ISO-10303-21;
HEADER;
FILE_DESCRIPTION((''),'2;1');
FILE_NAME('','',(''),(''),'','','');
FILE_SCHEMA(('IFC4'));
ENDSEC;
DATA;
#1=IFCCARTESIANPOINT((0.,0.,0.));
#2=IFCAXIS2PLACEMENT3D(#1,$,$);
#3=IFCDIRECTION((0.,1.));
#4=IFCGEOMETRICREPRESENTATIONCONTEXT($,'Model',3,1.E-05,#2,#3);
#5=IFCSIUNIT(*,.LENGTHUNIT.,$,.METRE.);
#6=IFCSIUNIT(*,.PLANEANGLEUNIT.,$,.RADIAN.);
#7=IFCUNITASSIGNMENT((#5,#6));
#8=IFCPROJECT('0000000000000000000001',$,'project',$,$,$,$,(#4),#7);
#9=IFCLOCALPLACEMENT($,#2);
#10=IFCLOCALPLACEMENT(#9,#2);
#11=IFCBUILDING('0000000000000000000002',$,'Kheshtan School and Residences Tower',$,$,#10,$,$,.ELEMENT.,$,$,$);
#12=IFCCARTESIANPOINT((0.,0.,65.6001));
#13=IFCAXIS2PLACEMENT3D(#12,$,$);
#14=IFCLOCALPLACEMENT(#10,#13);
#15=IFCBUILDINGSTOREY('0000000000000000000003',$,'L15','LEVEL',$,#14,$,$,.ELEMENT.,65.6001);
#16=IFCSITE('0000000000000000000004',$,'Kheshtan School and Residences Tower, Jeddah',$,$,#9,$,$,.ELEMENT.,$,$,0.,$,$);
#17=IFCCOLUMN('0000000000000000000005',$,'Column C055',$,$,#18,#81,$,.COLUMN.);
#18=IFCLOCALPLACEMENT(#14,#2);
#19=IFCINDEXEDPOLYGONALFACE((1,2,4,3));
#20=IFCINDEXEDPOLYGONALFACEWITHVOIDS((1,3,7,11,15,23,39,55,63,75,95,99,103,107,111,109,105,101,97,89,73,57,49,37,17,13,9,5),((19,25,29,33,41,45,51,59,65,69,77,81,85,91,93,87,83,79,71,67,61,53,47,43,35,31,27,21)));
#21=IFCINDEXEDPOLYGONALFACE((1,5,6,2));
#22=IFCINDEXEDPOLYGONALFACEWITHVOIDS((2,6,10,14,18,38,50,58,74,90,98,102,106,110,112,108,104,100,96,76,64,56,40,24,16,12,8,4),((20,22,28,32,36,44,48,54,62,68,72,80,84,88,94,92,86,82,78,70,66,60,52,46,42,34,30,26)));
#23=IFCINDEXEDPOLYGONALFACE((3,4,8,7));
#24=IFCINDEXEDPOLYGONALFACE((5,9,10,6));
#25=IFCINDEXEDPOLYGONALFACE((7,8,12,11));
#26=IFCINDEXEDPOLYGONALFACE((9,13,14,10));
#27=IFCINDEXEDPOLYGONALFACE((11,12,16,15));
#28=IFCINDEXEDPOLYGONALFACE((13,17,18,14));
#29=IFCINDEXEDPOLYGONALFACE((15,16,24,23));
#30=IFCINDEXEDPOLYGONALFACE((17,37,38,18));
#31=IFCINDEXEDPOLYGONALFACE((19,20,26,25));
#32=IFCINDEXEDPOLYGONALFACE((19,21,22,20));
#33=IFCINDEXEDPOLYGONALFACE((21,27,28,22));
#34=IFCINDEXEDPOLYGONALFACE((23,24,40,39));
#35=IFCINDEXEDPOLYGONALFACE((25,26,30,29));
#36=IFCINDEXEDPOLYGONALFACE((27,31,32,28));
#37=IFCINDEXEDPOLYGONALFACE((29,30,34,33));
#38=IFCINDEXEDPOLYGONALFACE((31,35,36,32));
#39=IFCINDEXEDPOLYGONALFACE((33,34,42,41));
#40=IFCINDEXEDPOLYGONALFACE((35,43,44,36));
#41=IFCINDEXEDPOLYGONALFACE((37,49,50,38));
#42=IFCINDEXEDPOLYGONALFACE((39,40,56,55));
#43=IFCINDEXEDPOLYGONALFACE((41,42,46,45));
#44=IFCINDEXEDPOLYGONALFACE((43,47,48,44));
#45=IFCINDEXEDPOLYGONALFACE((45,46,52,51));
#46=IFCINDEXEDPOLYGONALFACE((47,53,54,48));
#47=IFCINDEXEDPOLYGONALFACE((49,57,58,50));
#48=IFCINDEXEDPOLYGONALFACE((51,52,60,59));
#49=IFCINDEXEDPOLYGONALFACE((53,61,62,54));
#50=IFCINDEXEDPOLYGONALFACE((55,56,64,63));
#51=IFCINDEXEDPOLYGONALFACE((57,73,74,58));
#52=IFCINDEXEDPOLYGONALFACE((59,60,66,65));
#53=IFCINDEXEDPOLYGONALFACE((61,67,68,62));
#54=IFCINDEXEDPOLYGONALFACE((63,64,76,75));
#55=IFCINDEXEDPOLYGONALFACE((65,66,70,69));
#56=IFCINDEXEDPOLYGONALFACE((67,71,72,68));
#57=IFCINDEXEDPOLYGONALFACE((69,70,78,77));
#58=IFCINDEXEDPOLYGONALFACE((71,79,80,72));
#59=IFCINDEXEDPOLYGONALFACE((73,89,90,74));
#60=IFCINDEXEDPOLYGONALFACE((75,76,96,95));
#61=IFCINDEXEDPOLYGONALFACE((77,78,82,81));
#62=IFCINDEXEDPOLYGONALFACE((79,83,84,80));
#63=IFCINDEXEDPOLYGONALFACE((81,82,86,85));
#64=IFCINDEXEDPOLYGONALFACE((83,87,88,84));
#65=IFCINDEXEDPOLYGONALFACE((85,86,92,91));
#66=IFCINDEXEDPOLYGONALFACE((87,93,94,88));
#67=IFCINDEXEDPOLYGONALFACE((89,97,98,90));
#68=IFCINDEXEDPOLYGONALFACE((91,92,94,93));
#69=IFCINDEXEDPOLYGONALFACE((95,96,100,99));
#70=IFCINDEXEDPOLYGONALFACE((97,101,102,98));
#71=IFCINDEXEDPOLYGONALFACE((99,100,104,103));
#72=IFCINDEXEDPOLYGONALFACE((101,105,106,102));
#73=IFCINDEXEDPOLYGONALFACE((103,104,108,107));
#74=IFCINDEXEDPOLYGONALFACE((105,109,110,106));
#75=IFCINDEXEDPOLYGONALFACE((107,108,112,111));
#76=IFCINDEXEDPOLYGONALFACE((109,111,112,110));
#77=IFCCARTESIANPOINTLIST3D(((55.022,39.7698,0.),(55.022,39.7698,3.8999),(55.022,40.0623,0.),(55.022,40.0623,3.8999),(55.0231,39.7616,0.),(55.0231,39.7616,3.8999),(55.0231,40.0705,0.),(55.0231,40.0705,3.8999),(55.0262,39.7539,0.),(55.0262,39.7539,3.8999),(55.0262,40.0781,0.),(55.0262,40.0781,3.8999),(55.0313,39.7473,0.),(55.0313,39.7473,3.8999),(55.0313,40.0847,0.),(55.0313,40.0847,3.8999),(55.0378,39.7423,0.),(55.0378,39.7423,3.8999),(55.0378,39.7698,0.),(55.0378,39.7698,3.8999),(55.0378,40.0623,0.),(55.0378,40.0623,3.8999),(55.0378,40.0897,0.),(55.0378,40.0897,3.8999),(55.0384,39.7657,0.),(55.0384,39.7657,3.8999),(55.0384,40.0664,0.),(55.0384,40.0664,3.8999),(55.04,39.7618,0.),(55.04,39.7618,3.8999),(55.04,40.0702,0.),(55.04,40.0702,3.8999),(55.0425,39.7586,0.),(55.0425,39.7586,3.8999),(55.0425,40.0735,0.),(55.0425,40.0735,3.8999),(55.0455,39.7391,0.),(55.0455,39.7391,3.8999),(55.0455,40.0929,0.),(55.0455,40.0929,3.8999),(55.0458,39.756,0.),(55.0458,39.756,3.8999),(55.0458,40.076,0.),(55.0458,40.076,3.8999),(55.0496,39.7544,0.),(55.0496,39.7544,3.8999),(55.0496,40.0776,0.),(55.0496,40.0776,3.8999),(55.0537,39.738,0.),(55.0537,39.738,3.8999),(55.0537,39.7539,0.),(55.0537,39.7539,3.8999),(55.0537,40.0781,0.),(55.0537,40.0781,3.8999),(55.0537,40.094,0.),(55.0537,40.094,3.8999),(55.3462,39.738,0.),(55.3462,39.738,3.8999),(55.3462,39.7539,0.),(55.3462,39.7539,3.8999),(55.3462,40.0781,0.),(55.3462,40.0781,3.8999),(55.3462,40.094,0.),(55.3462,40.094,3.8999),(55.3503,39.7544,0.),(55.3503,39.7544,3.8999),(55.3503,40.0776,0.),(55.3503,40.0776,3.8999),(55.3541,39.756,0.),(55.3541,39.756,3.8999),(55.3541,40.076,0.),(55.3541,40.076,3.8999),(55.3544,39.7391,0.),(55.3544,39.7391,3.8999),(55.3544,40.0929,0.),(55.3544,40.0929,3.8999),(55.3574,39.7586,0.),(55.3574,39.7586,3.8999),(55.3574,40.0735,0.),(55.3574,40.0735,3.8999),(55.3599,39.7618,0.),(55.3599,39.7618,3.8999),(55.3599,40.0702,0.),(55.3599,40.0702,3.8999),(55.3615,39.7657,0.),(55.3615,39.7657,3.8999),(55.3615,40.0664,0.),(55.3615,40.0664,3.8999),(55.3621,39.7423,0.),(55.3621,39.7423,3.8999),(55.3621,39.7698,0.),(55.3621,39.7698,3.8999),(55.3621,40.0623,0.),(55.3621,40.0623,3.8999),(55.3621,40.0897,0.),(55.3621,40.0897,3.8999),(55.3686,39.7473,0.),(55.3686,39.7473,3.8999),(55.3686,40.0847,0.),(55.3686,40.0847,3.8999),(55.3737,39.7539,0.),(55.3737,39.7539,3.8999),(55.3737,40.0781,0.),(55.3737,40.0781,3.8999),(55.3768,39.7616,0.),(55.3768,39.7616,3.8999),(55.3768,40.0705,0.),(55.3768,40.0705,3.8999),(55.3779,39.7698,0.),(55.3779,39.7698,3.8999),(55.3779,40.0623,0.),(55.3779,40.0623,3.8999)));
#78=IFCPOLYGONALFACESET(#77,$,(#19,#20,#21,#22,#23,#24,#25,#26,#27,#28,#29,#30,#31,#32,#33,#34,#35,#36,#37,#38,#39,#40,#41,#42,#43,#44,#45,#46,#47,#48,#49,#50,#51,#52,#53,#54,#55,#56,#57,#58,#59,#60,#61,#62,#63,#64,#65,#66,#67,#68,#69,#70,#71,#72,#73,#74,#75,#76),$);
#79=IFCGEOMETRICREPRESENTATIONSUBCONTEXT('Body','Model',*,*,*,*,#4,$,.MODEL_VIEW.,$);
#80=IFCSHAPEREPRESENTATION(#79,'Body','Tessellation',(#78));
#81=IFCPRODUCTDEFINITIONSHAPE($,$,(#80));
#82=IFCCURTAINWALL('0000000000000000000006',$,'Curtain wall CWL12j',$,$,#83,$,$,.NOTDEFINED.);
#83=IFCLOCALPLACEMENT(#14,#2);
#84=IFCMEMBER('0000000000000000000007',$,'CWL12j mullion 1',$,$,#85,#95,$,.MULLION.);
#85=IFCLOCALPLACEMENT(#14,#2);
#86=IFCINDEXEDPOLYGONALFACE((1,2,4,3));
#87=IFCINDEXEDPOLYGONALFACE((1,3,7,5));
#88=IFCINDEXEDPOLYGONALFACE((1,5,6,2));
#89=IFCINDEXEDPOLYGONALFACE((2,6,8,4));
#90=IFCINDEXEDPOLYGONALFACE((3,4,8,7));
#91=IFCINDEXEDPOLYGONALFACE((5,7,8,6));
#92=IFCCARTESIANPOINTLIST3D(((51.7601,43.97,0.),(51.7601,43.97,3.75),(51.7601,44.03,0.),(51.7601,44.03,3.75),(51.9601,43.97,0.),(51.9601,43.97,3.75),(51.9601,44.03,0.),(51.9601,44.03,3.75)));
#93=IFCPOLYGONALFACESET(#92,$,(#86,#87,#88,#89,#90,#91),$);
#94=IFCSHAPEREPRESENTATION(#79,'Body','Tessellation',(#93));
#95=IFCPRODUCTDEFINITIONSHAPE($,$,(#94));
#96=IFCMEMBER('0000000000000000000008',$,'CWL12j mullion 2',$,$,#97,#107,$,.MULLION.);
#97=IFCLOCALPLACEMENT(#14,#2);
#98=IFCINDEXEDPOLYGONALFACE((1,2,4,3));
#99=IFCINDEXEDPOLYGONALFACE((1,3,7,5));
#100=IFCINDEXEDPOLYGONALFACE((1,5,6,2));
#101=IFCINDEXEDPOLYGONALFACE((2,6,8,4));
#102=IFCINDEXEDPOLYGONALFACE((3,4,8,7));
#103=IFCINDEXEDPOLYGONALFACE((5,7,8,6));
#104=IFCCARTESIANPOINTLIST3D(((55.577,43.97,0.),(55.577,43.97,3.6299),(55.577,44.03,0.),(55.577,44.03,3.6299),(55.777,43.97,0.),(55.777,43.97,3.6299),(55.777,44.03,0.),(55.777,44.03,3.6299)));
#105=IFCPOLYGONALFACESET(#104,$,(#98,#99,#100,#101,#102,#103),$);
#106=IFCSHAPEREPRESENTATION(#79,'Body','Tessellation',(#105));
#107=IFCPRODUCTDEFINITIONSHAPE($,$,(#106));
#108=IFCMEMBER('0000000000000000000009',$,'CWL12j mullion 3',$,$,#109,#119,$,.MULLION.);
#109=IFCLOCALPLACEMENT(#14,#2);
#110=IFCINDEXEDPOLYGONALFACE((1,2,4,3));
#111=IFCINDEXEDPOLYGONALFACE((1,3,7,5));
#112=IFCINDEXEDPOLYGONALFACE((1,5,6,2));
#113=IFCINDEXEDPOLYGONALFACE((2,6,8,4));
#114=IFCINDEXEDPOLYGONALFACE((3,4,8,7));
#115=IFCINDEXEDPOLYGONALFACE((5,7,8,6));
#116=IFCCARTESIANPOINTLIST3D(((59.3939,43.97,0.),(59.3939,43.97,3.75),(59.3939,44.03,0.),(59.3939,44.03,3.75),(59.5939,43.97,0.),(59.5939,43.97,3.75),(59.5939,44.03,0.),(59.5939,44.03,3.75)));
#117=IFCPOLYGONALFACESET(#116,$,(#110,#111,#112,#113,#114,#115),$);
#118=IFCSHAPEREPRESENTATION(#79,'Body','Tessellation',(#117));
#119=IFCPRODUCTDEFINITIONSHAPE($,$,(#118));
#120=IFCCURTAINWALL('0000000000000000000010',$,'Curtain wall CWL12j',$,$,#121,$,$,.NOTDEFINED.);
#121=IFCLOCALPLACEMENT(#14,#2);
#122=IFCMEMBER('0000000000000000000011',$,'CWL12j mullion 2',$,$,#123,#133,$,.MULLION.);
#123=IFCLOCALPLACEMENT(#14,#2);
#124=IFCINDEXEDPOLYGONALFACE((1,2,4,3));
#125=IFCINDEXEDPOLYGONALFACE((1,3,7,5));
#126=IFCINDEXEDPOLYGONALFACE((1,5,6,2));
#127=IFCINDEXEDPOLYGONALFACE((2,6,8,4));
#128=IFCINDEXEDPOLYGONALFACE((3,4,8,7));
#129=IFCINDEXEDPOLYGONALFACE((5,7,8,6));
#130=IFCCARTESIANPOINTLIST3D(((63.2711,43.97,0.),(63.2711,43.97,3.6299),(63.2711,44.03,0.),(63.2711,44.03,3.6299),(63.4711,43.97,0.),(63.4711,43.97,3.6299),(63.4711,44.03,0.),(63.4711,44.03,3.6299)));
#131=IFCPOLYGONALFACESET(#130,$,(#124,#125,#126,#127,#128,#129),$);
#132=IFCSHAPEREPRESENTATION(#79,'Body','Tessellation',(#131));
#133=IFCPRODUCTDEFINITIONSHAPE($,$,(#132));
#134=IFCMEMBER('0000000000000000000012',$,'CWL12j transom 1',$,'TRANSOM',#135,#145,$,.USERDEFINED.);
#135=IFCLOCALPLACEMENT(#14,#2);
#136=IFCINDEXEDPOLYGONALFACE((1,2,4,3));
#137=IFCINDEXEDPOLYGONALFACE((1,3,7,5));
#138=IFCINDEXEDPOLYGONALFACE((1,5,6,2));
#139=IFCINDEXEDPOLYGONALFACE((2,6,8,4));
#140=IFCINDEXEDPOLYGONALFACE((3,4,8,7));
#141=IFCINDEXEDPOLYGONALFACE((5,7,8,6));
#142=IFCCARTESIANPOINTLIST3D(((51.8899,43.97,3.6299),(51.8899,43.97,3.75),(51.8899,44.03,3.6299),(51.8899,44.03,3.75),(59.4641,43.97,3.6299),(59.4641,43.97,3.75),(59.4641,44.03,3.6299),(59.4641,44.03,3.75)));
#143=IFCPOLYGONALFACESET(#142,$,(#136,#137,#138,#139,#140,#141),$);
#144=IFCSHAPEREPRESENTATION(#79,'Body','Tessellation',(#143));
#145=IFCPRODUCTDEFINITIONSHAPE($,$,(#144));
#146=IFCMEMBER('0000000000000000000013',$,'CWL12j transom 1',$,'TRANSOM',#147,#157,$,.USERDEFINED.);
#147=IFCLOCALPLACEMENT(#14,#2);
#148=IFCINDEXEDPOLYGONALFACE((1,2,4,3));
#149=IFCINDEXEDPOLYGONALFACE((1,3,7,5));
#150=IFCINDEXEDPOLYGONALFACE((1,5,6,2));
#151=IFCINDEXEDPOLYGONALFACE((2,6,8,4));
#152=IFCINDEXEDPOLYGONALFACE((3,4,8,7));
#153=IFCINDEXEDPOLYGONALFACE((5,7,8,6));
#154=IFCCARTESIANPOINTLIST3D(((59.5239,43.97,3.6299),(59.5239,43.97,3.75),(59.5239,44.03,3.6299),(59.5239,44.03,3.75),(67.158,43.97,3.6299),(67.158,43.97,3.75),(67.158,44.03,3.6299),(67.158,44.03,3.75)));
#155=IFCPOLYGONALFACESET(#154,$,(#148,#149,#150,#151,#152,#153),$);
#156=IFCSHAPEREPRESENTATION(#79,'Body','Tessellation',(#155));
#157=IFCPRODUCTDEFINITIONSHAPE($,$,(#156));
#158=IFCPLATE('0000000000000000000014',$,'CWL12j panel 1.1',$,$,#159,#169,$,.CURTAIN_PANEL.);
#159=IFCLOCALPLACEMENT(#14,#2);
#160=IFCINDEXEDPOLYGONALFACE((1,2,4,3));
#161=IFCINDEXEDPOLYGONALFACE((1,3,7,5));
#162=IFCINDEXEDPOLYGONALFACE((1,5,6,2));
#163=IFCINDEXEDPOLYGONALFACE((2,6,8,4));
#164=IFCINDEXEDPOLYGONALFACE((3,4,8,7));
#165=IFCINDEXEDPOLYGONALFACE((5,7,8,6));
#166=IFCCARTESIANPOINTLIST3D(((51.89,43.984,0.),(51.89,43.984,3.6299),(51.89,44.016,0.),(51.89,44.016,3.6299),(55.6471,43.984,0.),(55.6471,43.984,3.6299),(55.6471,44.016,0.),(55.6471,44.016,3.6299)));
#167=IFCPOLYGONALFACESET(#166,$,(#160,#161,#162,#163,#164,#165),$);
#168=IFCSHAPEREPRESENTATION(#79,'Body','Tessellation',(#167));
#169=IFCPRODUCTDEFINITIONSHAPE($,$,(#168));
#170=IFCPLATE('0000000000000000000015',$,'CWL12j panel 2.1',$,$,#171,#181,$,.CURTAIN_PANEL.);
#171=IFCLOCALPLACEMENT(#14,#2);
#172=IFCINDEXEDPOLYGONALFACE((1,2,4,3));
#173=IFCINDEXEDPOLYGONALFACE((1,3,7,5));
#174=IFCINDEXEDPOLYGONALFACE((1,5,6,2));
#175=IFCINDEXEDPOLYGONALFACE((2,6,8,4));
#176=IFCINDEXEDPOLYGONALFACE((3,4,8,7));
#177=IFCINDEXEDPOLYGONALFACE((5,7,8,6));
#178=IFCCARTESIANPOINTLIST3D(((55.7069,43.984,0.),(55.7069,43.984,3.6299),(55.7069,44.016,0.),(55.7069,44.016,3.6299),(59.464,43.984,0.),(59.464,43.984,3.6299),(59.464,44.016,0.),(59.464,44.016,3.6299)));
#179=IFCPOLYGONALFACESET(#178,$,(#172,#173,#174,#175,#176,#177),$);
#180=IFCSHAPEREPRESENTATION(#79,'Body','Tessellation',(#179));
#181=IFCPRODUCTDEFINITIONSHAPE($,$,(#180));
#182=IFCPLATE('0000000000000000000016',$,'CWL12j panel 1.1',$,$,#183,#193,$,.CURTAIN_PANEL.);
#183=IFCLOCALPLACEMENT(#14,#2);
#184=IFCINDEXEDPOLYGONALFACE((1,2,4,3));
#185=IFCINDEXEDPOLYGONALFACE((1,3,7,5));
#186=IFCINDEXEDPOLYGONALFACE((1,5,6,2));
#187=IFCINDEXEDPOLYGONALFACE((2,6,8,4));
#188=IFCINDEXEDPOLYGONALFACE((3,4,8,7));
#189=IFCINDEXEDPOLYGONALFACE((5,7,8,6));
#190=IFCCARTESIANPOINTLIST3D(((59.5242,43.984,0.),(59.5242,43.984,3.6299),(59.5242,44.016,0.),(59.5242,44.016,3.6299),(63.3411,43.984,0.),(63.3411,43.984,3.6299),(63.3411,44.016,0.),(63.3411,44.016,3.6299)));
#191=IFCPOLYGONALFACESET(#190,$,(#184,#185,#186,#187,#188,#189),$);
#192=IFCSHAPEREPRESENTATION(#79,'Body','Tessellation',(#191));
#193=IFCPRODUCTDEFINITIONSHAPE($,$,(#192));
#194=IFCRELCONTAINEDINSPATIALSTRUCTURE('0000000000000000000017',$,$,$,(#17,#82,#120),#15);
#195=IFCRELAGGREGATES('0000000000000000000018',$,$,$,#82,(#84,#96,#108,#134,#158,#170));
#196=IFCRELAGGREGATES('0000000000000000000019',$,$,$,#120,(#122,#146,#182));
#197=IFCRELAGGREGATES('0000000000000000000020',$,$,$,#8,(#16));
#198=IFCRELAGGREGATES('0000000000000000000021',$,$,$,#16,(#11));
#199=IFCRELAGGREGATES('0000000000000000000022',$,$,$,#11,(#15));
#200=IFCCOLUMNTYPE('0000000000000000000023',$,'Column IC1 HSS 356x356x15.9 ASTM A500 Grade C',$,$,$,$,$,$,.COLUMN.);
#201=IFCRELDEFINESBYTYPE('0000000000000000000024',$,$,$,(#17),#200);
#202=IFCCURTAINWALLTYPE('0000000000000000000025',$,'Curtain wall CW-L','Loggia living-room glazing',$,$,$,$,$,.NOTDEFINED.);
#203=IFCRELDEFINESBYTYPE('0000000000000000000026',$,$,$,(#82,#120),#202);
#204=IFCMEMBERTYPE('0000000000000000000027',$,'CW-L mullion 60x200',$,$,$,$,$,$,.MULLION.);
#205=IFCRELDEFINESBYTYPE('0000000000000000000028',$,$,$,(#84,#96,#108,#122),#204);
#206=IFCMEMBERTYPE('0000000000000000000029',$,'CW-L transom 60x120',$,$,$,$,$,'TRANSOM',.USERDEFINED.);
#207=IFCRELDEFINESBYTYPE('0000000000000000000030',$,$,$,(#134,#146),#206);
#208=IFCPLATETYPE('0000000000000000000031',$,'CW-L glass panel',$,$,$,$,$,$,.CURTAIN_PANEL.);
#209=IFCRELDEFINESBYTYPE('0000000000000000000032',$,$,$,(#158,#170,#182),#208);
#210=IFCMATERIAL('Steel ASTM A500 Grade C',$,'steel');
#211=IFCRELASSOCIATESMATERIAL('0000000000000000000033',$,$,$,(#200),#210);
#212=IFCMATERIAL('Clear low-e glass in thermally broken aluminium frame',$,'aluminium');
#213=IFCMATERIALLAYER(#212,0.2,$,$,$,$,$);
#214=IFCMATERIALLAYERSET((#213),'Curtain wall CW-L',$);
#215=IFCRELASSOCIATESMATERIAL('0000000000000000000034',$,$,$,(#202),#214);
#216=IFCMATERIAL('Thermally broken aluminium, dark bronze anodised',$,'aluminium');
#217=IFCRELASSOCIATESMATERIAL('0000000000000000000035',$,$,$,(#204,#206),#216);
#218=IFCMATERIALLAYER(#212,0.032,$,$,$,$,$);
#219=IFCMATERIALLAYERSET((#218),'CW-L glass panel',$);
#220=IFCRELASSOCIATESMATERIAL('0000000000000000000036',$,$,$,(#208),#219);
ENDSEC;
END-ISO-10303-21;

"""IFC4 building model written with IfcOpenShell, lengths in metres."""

from ifc_helpers import new_model, si_unit, direction, frame, origin, origin_2d, place, context, subcontext, project, spatial, rectangle, hollow_rectangle, extrude, material, layer, layer_set, material_profile, profile_set, type_object, element, aggregate, save


model = new_model("IFC4")

# Units and contexts
model_context = context("Model", 3, precision=1e-05, world=origin(), true_north=direction((0.0, 1.0)))
body_context = subcontext(model_context, "Body", "Model", "MODEL_VIEW")
ifc_project = project(units=[si_unit("LENGTHUNIT", "METRE"), si_unit("PLANEANGLEUNIT", "RADIAN")], contexts=[model_context])

# Site, building, storey
site_placement = place(None, origin())
site = spatial("IfcSite", under=ifc_project, at=site_placement, Name="Kheshtan School and Residences Tower, Jeddah", CompositionType="ELEMENT", RefElevation=0.0)
building_placement = place(site_placement, origin())
building = spatial("IfcBuilding", under=site, at=building_placement, Name="Kheshtan School and Residences Tower", CompositionType="ELEMENT")
storey_placement = place(building_placement, frame((0.0, 0.0, 65.6001)))
storey = spatial("IfcBuildingStorey", under=building, at=storey_placement, Name="L15", Description="LEVEL", CompositionType="ELEMENT", Elevation=65.6001)

# Column
ifc_material_1 = material(Name="Steel ASTM A500 Grade C", Category="steel")
ifc_material_profile_1 = material_profile(ifc_material_1, hollow_rectangle(XDim=0.356, YDim=0.356, WallThickness=0.0159, InnerFilletRadius=0.0159, OuterFilletRadius=0.0317, at=origin_2d()), Name="HSS 356x356x15.9")
ifc_profile_set_1 = profile_set([ifc_material_profile_1], Name="Steel ASTM A500 Grade C")
column_type = type_object("IfcColumnType", Name="Column IC1 HSS 356x356x15.9 ASTM A500 Grade C", PredefinedType="COLUMN", material=ifc_profile_set_1)
column_placement = place(storey_placement, frame((55.2, 39.916, 0.0), z_axis=(0.0, 0.0, 1.0), x_axis=(1.0, 0.0, 0.0)))
element("IfcColumn", 1, at=column_placement, inside=storey, type_object=column_type, Name="Column C055", PredefinedType="COLUMN", context=body_context, shape_type="SweptSolid", body=[
    extrude(hollow_rectangle(XDim=0.356, YDim=0.356, WallThickness=0.0159, InnerFilletRadius=0.0159, OuterFilletRadius=0.0317, at=origin_2d()), origin(), (0.0, 0.0, 1.0), 3.8999),
])

# Curtain wall, members
ifc_material_2 = material(Name="Clear low-e glass in thermally broken aluminium frame", Category="aluminium")
ifc_layer_1 = layer(ifc_material_2, 0.2)
ifc_layer_set_1 = layer_set([ifc_layer_1], Name="Curtain wall CW-L")
curtain_wall_type = type_object("IfcCurtainWallType", Name="Curtain wall CW-L", Description="Loggia living-room glazing", PredefinedType="NOTDEFINED", material=ifc_layer_set_1)
curtain_wall_1_placement = place(storey_placement, origin())
curtain_wall_1 = element("IfcCurtainWall", 2, at=curtain_wall_1_placement, inside=storey, type_object=curtain_wall_type, Name="Curtain wall CWL12j", PredefinedType="NOTDEFINED")
ifc_material_3 = material(Name="Thermally broken aluminium, dark bronze anodised", Category="aluminium")
ifc_material_profile_2 = material_profile(ifc_material_3, rectangle(XDim=0.0601, YDim=0.2, at=origin_2d()), Name="CW-L mullion 60x200")
ifc_profile_set_2 = profile_set([ifc_material_profile_2], Name="Thermally broken aluminium, dark bronze anodised")
member_type_1 = type_object("IfcMemberType", Name="CW-L mullion 60x200", PredefinedType="MULLION", material=ifc_profile_set_2)
member_1_placement = place(storey_placement, frame((51.8601, 44.0, 0.0), z_axis=(0.0, 0.0, 1.0), x_axis=(0.0, 1.0, 0.0)))
member_1 = element("IfcMember", 3, at=member_1_placement, type_object=member_type_1, Name="CWL12j mullion 1", PredefinedType="MULLION", context=body_context, shape_type="SweptSolid", body=[
    extrude(rectangle(XDim=0.0601, YDim=0.2, at=origin_2d()), origin(), (0.0, 0.0, 1.0), 3.75),
])
member_2_placement = place(storey_placement, frame((55.677, 44.0, 0.0), z_axis=(0.0, 0.0, 1.0), x_axis=(0.0, 1.0, 0.0)))
member_2 = element("IfcMember", 4, at=member_2_placement, type_object=member_type_1, Name="CWL12j mullion 2", PredefinedType="MULLION", context=body_context, shape_type="SweptSolid", body=[
    extrude(rectangle(XDim=0.0601, YDim=0.2, at=origin_2d()), origin(), (0.0, 0.0, 1.0), 3.6299),
])
member_3_placement = place(storey_placement, frame((59.4939, 44.0, 0.0), z_axis=(0.0, 0.0, 1.0), x_axis=(0.0, 1.0, 0.0)))
member_3 = element("IfcMember", 5, at=member_3_placement, type_object=member_type_1, Name="CWL12j mullion 3", PredefinedType="MULLION", context=body_context, shape_type="SweptSolid", body=[
    extrude(rectangle(XDim=0.0601, YDim=0.2, at=origin_2d()), origin(), (0.0, 0.0, 1.0), 3.75),
])

# Curtain wall, member
curtain_wall_2_placement = place(storey_placement, origin())
curtain_wall_2 = element("IfcCurtainWall", 6, at=curtain_wall_2_placement, inside=storey, type_object=curtain_wall_type, Name="Curtain wall CWL12j", PredefinedType="NOTDEFINED")
member_4_placement = place(storey_placement, frame((63.3711, 44.0, 0.0), z_axis=(0.0, 0.0, 1.0), x_axis=(0.0, 1.0, 0.0)))
member_4 = element("IfcMember", 7, at=member_4_placement, type_object=member_type_1, Name="CWL12j mullion 2", PredefinedType="MULLION", context=body_context, shape_type="SweptSolid", body=[
    extrude(rectangle(XDim=0.0601, YDim=0.2, at=origin_2d()), origin(), (0.0, 0.0, 1.0), 3.6299),
])

# Members
ifc_material_profile_3 = material_profile(ifc_material_3, rectangle(XDim=0.0601, YDim=0.1201, at=origin_2d()), Name="CW-L transom 60x120")
ifc_profile_set_3 = profile_set([ifc_material_profile_3], Name="Thermally broken aluminium, dark bronze anodised")
member_type_2 = type_object("IfcMemberType", Name="CW-L transom 60x120", ElementType="TRANSOM", PredefinedType="USERDEFINED", material=ifc_profile_set_3)
member_5_placement = place(storey_placement, frame((51.8899, 44.0, 3.6899), z_axis=(1.0, 0.0, 0.0), x_axis=(0.0, 1.0, 0.0)))
member_5 = element("IfcMember", 8, at=member_5_placement, type_object=member_type_2, Name="CWL12j transom 1", ObjectType="TRANSOM", PredefinedType="USERDEFINED", context=body_context, shape_type="SweptSolid", body=[
    extrude(rectangle(XDim=0.0601, YDim=0.1201, at=origin_2d()), origin(), (0.0, 0.0, 1.0), 7.5742),
])
member_6_placement = place(storey_placement, frame((59.5239, 44.0, 3.6899), z_axis=(1.0, 0.0, 0.0), x_axis=(0.0, 1.0, 0.0)))
member_6 = element("IfcMember", 9, at=member_6_placement, type_object=member_type_2, Name="CWL12j transom 1", ObjectType="TRANSOM", PredefinedType="USERDEFINED", context=body_context, shape_type="SweptSolid", body=[
    extrude(rectangle(XDim=0.0601, YDim=0.1201, at=origin_2d()), origin(), (0.0, 0.0, 1.0), 7.634),
])

# Plates
ifc_layer_2 = layer(ifc_material_2, 0.032)
ifc_layer_set_2 = layer_set([ifc_layer_2], Name="CW-L glass panel")
plate_type = type_object("IfcPlateType", Name="CW-L glass panel", PredefinedType="CURTAIN_PANEL", material=ifc_layer_set_2)
plate_1_placement = place(storey_placement, frame((53.7686, 44.0, 0.0), z_axis=(0.0, 0.0, 1.0), x_axis=(1.0, 0.0, 0.0)))
plate_1 = element("IfcPlate", 10, at=plate_1_placement, type_object=plate_type, Name="CWL12j panel 1.1", PredefinedType="CURTAIN_PANEL", context=body_context, shape_type="SweptSolid", body=[
    extrude(rectangle(XDim=3.7571, YDim=0.032, at=origin_2d()), origin(), (0.0, 0.0, 1.0), 3.6299),
])
plate_2_placement = place(storey_placement, frame((57.5854, 44.0, 0.0), z_axis=(0.0, 0.0, 1.0), x_axis=(1.0, 0.0, 0.0)))
plate_2 = element("IfcPlate", 11, at=plate_2_placement, type_object=plate_type, Name="CWL12j panel 2.1", PredefinedType="CURTAIN_PANEL", context=body_context, shape_type="SweptSolid", body=[
    extrude(rectangle(XDim=3.7571, YDim=0.032, at=origin_2d()), origin(), (0.0, 0.0, 1.0), 3.6299),
])
aggregate(curtain_wall_1, [member_1, member_2, member_3, member_5, plate_1, plate_2])
plate_3_placement = place(storey_placement, frame((61.4326, 44.0, 0.0), z_axis=(0.0, 0.0, 1.0), x_axis=(1.0, 0.0, 0.0)))
plate_3 = element("IfcPlate", 12, at=plate_3_placement, type_object=plate_type, Name="CWL12j panel 1.1", PredefinedType="CURTAIN_PANEL", context=body_context, shape_type="SweptSolid", body=[
    extrude(rectangle(XDim=3.8169, YDim=0.032, at=origin_2d()), origin(), (0.0, 0.0, 1.0), 3.6299),
])
aggregate(curtain_wall_2, [member_4, member_6, plate_3])

save(model, "model.ifc")
